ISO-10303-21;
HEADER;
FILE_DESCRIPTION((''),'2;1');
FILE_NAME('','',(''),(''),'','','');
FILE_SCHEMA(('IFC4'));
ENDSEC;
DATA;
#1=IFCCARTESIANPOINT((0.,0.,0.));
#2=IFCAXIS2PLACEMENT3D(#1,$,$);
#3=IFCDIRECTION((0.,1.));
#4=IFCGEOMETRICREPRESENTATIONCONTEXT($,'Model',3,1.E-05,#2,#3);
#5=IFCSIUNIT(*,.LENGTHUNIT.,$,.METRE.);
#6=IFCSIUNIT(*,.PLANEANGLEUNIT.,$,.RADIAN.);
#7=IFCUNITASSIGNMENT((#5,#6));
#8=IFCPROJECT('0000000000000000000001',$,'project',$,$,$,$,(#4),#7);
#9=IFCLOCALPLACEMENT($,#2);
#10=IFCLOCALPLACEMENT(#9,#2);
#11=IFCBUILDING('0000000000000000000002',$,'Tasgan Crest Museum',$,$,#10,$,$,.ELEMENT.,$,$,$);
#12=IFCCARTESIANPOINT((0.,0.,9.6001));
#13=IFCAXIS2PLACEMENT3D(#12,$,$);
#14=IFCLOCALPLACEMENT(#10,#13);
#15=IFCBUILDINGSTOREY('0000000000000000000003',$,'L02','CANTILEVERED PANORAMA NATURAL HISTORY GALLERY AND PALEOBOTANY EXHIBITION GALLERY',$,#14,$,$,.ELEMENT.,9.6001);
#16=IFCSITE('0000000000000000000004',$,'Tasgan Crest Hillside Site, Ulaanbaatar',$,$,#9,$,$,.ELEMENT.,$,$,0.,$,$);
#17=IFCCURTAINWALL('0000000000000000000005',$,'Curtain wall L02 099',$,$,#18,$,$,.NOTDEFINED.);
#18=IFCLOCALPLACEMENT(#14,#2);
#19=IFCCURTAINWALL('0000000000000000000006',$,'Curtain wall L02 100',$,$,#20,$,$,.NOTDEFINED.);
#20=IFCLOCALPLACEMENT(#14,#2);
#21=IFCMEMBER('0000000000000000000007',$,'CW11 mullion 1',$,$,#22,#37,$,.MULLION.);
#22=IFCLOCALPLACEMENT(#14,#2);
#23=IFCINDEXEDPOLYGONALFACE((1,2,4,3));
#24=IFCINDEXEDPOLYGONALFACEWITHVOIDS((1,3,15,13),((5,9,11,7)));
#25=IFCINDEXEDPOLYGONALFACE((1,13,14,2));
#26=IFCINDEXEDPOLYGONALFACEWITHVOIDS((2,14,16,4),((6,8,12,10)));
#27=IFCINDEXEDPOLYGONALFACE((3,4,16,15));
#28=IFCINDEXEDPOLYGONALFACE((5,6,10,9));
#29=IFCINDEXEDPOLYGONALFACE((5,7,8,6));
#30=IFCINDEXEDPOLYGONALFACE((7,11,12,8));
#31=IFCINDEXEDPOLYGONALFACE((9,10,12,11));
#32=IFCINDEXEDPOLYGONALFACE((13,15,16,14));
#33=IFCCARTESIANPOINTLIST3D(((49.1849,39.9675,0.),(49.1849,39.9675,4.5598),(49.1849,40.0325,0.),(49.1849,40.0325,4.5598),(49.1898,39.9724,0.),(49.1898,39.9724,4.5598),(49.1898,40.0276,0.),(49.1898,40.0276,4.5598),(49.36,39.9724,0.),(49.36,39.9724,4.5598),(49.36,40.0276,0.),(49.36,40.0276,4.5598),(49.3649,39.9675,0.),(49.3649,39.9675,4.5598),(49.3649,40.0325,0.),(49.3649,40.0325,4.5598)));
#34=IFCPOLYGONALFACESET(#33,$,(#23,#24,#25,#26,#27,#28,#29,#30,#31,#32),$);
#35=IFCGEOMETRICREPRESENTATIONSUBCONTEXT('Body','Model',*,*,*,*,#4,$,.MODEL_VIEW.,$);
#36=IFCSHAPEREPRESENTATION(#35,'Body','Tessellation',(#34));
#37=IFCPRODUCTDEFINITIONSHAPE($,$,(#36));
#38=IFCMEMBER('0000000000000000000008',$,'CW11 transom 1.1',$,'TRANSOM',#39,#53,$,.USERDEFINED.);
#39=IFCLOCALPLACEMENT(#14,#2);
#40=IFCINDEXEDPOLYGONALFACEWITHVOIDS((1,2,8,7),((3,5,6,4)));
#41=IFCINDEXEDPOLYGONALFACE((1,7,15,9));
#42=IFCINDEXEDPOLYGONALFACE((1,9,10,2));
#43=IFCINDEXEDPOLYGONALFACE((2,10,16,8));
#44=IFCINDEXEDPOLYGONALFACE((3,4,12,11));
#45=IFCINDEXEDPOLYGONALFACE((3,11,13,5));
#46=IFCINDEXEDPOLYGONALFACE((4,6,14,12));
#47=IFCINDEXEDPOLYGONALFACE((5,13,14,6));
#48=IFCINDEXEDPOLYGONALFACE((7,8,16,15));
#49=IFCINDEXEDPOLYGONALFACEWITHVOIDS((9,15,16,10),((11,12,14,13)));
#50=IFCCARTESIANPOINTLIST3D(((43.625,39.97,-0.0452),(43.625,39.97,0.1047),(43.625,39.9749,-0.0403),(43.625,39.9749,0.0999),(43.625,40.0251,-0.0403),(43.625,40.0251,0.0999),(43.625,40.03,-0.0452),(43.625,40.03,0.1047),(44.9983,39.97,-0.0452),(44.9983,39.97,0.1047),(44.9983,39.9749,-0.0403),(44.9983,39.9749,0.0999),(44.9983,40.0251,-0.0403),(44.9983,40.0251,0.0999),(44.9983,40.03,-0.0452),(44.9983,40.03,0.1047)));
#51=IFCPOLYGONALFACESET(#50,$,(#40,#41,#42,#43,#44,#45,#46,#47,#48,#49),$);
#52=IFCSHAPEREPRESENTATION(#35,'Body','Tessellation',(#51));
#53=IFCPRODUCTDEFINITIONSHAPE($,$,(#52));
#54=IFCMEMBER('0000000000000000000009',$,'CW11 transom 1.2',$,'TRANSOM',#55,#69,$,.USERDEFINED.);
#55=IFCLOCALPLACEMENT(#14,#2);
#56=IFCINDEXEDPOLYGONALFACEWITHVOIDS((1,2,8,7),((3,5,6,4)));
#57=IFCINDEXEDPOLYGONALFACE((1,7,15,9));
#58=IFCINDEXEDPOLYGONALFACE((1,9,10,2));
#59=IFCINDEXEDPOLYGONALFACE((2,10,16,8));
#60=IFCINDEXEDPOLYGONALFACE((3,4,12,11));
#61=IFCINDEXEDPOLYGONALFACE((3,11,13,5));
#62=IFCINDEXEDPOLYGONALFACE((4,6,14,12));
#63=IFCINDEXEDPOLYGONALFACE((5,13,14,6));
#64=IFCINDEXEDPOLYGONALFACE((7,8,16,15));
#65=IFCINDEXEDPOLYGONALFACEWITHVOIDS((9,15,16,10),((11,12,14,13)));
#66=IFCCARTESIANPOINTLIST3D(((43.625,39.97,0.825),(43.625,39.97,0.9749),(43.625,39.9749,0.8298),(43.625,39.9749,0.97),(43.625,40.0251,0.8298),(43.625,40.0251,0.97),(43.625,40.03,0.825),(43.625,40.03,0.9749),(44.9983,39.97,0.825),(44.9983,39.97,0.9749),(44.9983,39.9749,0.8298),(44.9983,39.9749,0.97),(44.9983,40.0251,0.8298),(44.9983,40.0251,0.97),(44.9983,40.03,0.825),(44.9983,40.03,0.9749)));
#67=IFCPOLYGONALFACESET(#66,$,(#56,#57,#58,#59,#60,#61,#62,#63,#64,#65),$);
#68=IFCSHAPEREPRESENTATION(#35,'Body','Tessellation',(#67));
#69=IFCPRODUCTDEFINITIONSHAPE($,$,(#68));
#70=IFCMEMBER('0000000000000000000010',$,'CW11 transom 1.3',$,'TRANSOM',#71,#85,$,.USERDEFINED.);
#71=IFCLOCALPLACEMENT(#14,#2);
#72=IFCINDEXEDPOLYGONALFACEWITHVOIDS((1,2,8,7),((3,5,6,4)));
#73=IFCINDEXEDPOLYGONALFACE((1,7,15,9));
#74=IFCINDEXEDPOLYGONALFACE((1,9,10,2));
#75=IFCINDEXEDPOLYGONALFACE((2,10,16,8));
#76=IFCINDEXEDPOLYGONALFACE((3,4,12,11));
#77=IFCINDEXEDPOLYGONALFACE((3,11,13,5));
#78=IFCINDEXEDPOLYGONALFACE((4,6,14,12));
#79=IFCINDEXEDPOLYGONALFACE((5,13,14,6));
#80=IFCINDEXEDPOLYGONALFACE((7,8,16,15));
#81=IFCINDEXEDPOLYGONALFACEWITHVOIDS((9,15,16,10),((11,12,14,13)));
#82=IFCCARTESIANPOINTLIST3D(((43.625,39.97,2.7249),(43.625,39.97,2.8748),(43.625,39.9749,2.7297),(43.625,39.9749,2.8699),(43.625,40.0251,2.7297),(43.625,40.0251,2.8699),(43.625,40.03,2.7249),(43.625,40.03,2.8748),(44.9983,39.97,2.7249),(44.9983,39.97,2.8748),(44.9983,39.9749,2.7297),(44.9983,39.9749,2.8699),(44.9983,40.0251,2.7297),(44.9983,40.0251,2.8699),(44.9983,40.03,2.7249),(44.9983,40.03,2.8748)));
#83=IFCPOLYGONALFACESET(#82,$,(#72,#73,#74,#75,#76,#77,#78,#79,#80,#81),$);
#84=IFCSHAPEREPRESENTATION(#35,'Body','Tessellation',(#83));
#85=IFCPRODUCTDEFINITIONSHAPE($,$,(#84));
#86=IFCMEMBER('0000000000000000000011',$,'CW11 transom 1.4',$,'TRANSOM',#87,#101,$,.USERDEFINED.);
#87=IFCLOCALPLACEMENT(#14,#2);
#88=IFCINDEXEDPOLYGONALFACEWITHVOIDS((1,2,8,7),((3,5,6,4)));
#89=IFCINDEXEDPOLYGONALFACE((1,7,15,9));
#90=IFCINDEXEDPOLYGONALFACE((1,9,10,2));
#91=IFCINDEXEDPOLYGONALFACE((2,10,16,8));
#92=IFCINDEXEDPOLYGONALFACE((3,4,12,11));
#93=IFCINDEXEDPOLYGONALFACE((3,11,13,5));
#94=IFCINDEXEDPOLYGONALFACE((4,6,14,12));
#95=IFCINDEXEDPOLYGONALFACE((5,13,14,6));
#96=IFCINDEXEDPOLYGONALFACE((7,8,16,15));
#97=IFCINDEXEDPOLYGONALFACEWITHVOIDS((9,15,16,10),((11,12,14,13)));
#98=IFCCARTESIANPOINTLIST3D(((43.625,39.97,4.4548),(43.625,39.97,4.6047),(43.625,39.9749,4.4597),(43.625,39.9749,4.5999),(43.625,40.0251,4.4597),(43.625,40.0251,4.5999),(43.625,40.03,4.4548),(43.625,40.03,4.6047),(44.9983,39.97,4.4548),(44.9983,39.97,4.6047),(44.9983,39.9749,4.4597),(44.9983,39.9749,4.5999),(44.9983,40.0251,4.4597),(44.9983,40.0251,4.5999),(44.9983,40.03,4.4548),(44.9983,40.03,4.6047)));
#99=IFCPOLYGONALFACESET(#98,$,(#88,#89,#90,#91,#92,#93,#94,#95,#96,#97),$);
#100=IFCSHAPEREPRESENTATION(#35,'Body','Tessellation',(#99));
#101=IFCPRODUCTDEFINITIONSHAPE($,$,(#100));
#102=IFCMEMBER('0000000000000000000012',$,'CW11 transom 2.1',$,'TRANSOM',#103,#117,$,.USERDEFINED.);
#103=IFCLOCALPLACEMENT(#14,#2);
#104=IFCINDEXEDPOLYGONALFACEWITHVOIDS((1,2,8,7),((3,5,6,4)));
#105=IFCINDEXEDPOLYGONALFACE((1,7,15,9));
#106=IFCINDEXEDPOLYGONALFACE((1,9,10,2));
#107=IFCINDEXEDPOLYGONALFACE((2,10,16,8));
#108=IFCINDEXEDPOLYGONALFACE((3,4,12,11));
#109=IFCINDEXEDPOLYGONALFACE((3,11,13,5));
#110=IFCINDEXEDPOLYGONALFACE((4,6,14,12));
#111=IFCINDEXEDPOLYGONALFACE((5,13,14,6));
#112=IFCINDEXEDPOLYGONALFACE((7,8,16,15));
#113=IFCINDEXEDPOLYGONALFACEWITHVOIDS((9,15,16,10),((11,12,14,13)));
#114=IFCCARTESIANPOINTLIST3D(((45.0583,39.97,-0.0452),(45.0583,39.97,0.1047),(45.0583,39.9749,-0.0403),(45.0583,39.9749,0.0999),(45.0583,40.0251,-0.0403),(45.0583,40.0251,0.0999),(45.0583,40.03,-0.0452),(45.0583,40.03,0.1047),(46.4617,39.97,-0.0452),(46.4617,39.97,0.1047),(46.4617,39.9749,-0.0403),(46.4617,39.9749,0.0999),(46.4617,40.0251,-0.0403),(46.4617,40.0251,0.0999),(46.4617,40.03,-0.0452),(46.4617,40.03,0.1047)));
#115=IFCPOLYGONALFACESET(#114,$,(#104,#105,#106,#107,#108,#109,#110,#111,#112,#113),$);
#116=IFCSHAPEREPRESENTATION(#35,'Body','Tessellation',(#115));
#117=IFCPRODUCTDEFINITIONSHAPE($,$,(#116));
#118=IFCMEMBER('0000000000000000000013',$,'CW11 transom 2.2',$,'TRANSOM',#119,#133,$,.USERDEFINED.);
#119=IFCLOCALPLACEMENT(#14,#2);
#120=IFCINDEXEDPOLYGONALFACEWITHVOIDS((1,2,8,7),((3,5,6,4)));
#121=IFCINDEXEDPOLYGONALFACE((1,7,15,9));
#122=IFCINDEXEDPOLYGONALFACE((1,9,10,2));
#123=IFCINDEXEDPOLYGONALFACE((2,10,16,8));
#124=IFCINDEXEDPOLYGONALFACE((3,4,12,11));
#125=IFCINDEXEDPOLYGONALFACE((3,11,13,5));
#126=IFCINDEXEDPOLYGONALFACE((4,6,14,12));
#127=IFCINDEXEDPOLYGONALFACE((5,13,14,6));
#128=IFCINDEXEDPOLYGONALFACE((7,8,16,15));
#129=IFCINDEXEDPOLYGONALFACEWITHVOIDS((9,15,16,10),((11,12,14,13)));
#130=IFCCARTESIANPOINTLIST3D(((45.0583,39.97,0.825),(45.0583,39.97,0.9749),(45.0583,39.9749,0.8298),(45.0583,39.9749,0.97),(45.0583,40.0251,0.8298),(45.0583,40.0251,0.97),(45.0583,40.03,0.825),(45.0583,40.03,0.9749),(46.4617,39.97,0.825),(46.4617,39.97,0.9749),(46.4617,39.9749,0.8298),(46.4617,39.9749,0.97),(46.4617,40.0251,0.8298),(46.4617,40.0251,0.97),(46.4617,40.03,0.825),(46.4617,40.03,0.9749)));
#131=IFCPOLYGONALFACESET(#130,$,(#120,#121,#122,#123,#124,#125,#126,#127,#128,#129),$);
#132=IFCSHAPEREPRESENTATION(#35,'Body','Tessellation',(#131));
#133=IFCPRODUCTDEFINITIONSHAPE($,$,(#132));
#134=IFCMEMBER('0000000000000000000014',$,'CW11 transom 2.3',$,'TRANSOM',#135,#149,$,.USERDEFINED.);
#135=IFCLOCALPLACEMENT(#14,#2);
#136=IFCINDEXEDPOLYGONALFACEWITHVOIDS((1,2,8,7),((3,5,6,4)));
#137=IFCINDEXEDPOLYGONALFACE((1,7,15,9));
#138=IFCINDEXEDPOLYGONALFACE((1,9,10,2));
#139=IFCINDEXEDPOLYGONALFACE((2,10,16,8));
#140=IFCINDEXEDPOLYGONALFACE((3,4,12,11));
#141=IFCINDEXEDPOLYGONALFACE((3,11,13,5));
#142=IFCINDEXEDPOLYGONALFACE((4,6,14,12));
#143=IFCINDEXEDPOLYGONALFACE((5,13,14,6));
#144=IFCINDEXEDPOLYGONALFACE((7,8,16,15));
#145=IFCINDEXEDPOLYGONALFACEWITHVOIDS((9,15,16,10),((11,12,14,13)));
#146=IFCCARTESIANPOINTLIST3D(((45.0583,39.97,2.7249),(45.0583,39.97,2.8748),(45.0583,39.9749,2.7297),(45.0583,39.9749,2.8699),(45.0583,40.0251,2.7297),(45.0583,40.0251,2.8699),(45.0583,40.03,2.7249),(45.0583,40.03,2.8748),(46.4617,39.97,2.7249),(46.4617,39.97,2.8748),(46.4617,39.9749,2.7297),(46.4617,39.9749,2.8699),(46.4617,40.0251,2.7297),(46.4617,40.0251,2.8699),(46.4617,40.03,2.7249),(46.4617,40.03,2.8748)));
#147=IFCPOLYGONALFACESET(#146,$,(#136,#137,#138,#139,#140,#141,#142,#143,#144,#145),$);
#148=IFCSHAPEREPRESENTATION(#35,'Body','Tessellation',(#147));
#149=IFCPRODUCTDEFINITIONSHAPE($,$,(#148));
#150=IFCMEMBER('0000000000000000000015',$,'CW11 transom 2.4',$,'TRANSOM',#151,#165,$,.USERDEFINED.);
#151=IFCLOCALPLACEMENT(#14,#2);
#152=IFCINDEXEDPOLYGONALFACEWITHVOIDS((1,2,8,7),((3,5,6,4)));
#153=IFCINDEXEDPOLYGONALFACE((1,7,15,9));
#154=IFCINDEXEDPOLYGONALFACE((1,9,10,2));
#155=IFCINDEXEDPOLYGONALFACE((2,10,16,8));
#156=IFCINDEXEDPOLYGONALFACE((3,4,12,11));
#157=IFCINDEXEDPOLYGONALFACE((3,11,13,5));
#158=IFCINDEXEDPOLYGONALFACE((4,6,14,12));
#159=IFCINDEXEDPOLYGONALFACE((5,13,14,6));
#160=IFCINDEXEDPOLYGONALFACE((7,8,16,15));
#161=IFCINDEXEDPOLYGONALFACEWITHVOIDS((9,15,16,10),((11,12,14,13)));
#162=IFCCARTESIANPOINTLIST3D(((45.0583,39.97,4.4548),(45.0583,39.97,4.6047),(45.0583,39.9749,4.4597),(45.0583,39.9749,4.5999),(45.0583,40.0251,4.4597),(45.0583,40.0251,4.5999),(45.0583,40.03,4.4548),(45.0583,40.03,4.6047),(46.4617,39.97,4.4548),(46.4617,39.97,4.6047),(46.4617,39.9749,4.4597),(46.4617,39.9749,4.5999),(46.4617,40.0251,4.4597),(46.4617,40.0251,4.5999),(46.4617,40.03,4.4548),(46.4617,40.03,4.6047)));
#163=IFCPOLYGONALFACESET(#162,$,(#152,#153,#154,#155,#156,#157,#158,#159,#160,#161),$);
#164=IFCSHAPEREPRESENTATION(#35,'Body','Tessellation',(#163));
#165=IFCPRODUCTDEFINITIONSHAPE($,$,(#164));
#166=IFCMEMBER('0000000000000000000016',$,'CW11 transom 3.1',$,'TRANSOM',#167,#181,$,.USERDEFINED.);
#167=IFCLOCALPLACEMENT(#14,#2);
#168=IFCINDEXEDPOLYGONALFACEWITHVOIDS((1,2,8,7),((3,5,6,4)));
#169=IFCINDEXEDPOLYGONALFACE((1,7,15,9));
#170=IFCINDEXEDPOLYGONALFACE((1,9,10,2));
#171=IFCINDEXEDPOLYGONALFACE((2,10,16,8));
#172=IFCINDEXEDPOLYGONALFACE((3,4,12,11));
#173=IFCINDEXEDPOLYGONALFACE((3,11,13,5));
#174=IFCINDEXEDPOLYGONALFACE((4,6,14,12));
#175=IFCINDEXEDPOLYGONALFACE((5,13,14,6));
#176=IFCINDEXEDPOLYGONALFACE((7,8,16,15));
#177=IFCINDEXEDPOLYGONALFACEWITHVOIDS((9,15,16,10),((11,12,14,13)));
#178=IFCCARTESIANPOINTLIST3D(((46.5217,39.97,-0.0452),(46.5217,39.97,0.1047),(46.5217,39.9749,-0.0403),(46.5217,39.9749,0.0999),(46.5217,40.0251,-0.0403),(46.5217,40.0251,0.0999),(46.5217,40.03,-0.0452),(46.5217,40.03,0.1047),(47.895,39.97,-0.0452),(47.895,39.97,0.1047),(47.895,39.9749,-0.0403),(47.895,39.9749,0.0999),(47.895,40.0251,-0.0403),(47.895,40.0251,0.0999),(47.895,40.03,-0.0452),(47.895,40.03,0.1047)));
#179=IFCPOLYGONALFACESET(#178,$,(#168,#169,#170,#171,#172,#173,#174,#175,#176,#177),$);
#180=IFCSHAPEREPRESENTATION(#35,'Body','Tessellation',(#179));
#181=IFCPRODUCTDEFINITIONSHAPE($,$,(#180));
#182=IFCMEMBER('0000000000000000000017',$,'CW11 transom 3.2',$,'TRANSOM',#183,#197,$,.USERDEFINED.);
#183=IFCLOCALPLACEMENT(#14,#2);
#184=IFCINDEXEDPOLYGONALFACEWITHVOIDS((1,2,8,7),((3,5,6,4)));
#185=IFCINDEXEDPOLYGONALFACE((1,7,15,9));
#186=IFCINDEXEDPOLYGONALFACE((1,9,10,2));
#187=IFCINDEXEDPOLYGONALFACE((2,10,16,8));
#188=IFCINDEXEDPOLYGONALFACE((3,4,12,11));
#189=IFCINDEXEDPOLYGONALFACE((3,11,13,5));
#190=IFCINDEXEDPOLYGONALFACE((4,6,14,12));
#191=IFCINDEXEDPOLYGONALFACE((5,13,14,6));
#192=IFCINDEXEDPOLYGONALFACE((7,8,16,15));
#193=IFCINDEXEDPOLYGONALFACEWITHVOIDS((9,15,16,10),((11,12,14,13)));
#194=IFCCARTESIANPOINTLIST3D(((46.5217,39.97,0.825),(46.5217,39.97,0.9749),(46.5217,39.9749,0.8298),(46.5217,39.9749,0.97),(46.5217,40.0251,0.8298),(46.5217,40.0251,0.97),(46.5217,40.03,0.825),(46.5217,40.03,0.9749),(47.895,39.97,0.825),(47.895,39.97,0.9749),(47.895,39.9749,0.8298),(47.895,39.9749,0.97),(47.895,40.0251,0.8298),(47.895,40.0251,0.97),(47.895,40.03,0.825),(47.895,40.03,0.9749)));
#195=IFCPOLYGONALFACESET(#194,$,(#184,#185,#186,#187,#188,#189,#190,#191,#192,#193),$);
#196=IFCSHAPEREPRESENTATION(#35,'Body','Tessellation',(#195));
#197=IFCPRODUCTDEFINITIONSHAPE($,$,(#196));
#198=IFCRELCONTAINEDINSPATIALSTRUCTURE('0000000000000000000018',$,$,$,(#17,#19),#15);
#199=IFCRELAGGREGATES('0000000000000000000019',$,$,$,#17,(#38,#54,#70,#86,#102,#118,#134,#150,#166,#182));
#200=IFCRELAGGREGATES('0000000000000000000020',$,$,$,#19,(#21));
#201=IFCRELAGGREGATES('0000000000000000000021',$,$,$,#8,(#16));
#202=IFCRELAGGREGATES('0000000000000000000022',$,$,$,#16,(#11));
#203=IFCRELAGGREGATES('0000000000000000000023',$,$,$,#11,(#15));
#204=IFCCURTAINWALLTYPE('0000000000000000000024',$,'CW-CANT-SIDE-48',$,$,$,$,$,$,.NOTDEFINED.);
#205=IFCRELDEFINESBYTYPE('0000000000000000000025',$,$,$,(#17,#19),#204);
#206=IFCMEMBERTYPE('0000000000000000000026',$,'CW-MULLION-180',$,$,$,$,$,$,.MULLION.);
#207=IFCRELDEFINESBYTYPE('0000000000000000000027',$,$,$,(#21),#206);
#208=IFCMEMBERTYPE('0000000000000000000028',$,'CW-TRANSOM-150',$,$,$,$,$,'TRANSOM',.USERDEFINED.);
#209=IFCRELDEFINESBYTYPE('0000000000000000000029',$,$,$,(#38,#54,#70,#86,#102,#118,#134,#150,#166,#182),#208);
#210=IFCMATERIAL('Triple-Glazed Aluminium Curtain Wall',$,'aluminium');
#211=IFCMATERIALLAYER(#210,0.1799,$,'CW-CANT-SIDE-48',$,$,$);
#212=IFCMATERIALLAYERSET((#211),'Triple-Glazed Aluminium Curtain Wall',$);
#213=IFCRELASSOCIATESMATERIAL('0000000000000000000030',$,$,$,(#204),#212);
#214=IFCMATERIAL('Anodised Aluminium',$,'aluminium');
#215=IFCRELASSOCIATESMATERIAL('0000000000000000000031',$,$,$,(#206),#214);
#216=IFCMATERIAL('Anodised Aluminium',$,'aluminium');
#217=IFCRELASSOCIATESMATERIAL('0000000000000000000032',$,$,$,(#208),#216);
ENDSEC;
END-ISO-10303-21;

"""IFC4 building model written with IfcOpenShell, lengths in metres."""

from ifc_helpers import new_model, si_unit, direction, frame, origin, origin_2d, place, context, subcontext, project, spatial, hollow_rectangle, extrude, material, layer, layer_set, material_profile, profile_set, type_object, element, aggregate, save


model = new_model("IFC4")

# Units and contexts
model_context = context("Model", 3, precision=1e-05, world=origin(), true_north=direction((0.0, 1.0)))
body_context = subcontext(model_context, "Body", "Model", "MODEL_VIEW")
ifc_project = project(units=[si_unit("LENGTHUNIT", "METRE"), si_unit("PLANEANGLEUNIT", "RADIAN")], contexts=[model_context])

# Site, building, storey
site_placement = place(None, origin())
site = spatial("IfcSite", under=ifc_project, at=site_placement, Name="Tasgan Crest Hillside Site, Ulaanbaatar", CompositionType="ELEMENT", RefElevation=0.0)
building_placement = place(site_placement, origin())
building = spatial("IfcBuilding", under=site, at=building_placement, Name="Tasgan Crest Museum", CompositionType="ELEMENT")
storey_placement = place(building_placement, frame((0.0, 0.0, 9.6001)))
storey = spatial("IfcBuildingStorey", under=building, at=storey_placement, Name="L02", Description="CANTILEVERED PANORAMA NATURAL HISTORY GALLERY AND PALEOBOTANY EXHIBITION GALLERY", CompositionType="ELEMENT", Elevation=9.6001)

# Curtain wall
ifc_material_1 = material(Name="Triple-Glazed Aluminium Curtain Wall", Category="aluminium")
ifc_layer_1 = layer(ifc_material_1, 0.1799, Name="CW-CANT-SIDE-48")
ifc_layer_set_1 = layer_set([ifc_layer_1], Name="Triple-Glazed Aluminium Curtain Wall")
curtain_wall_type = type_object("IfcCurtainWallType", Name="CW-CANT-SIDE-48", PredefinedType="NOTDEFINED", material=ifc_layer_set_1)
curtain_wall_1_placement = place(storey_placement, origin())
curtain_wall_1 = element("IfcCurtainWall", 1, at=curtain_wall_1_placement, inside=storey, type_object=curtain_wall_type, Name="Curtain wall L02 099", PredefinedType="NOTDEFINED")
ifc_material_2 = material(Name="Anodised Aluminium", Category="aluminium")
ifc_material_profile_1 = material_profile(ifc_material_2, hollow_rectangle(XDim=0.0649, YDim=0.1799, WallThickness=0.0049, at=origin_2d()), Name="ALU MULLION 180x65x5")
ifc_profile_set_1 = profile_set([ifc_material_profile_1], Name="Anodised Aluminium")
member_type_1 = type_object("IfcMemberType", Name="CW-MULLION-180", PredefinedType="MULLION", material=ifc_profile_set_1)

# Curtain wall, member
curtain_wall_2_placement = place(storey_placement, origin())
curtain_wall_2 = element("IfcCurtainWall", 2, at=curtain_wall_2_placement, inside=storey, type_object=curtain_wall_type, Name="Curtain wall L02 100", PredefinedType="NOTDEFINED")
member_1_placement = place(storey_placement, frame((49.2749, 40.0, 0.0), z_axis=(0.0, 0.0, 1.0), x_axis=(0.0, 1.0, 0.0)))
member_1 = element("IfcMember", 3, at=member_1_placement, type_object=member_type_1, Name="CW11 mullion 1", PredefinedType="MULLION", context=body_context, shape_type="SweptSolid", body=[
    extrude(hollow_rectangle(XDim=0.0649, YDim=0.1799, WallThickness=0.0049, at=origin_2d()), origin(), (0.0, 0.0, 1.0), 4.5598),
])

# Members
ifc_material_3 = material(Name="Anodised Aluminium", Category="aluminium")
ifc_material_profile_2 = material_profile(ifc_material_3, hollow_rectangle(XDim=0.0601, YDim=0.1499, WallThickness=0.0049, at=origin_2d()), Name="ALU TRANSOM 150x60x5")
ifc_profile_set_2 = profile_set([ifc_material_profile_2], Name="Anodised Aluminium")
member_type_2 = type_object("IfcMemberType", Name="CW-TRANSOM-150", ElementType="TRANSOM", PredefinedType="USERDEFINED", material=ifc_profile_set_2)
member_2_placement = place(storey_placement, frame((43.625, 40.0, 0.0298), z_axis=(1.0, 0.0, 0.0), x_axis=(0.0, 1.0, 0.0)))
member_2 = element("IfcMember", 4, at=member_2_placement, type_object=member_type_2, Name="CW11 transom 1.1", ObjectType="TRANSOM", PredefinedType="USERDEFINED", context=body_context, shape_type="SweptSolid", body=[
    extrude(hollow_rectangle(XDim=0.0601, YDim=0.1499, WallThickness=0.0049, at=origin_2d()), origin(), (0.0, 0.0, 1.0), 1.3733),
])
member_3_placement = place(storey_placement, frame((43.625, 40.0, 0.8999), z_axis=(1.0, 0.0, 0.0), x_axis=(0.0, 1.0, 0.0)))
member_3 = element("IfcMember", 5, at=member_3_placement, type_object=member_type_2, Name="CW11 transom 1.2", ObjectType="TRANSOM", PredefinedType="USERDEFINED", context=body_context, shape_type="SweptSolid", body=[
    extrude(hollow_rectangle(XDim=0.0601, YDim=0.1499, WallThickness=0.0049, at=origin_2d()), origin(), (0.0, 0.0, 1.0), 1.3733),
])
member_4_placement = place(storey_placement, frame((43.625, 40.0, 2.7998), z_axis=(1.0, 0.0, 0.0), x_axis=(0.0, 1.0, 0.0)))
member_4 = element("IfcMember", 6, at=member_4_placement, type_object=member_type_2, Name="CW11 transom 1.3", ObjectType="TRANSOM", PredefinedType="USERDEFINED", context=body_context, shape_type="SweptSolid", body=[
    extrude(hollow_rectangle(XDim=0.0601, YDim=0.1499, WallThickness=0.0049, at=origin_2d()), origin(), (0.0, 0.0, 1.0), 1.3733),
])
member_5_placement = place(storey_placement, frame((43.625, 40.0, 4.5298), z_axis=(1.0, 0.0, 0.0), x_axis=(0.0, 1.0, 0.0)))
member_5 = element("IfcMember", 7, at=member_5_placement, type_object=member_type_2, Name="CW11 transom 1.4", ObjectType="TRANSOM", PredefinedType="USERDEFINED", context=body_context, shape_type="SweptSolid", body=[
    extrude(hollow_rectangle(XDim=0.0601, YDim=0.1499, WallThickness=0.0049, at=origin_2d()), origin(), (0.0, 0.0, 1.0), 1.3733),
])
member_6_placement = place(storey_placement, frame((45.0583, 40.0, 0.0298), z_axis=(1.0, 0.0, 0.0), x_axis=(0.0, 1.0, 0.0)))
member_6 = element("IfcMember", 8, at=member_6_placement, type_object=member_type_2, Name="CW11 transom 2.1", ObjectType="TRANSOM", PredefinedType="USERDEFINED", context=body_context, shape_type="SweptSolid", body=[
    extrude(hollow_rectangle(XDim=0.0601, YDim=0.1499, WallThickness=0.0049, at=origin_2d()), origin(), (0.0, 0.0, 1.0), 1.4033),
])
member_7_placement = place(storey_placement, frame((45.0583, 40.0, 0.8999), z_axis=(1.0, 0.0, 0.0), x_axis=(0.0, 1.0, 0.0)))
member_7 = element("IfcMember", 9, at=member_7_placement, type_object=member_type_2, Name="CW11 transom 2.2", ObjectType="TRANSOM", PredefinedType="USERDEFINED", context=body_context, shape_type="SweptSolid", body=[
    extrude(hollow_rectangle(XDim=0.0601, YDim=0.1499, WallThickness=0.0049, at=origin_2d()), origin(), (0.0, 0.0, 1.0), 1.4033),
])
member_8_placement = place(storey_placement, frame((45.0583, 40.0, 2.7998), z_axis=(1.0, 0.0, 0.0), x_axis=(0.0, 1.0, 0.0)))
member_8 = element("IfcMember", 10, at=member_8_placement, type_object=member_type_2, Name="CW11 transom 2.3", ObjectType="TRANSOM", PredefinedType="USERDEFINED", context=body_context, shape_type="SweptSolid", body=[
    extrude(hollow_rectangle(XDim=0.0601, YDim=0.1499, WallThickness=0.0049, at=origin_2d()), origin(), (0.0, 0.0, 1.0), 1.4033),
])
member_9_placement = place(storey_placement, frame((45.0583, 40.0, 4.5298), z_axis=(1.0, 0.0, 0.0), x_axis=(0.0, 1.0, 0.0)))
member_9 = element("IfcMember", 11, at=member_9_placement, type_object=member_type_2, Name="CW11 transom 2.4", ObjectType="TRANSOM", PredefinedType="USERDEFINED", context=body_context, shape_type="SweptSolid", body=[
    extrude(hollow_rectangle(XDim=0.0601, YDim=0.1499, WallThickness=0.0049, at=origin_2d()), origin(), (0.0, 0.0, 1.0), 1.4033),
])
member_10_placement = place(storey_placement, frame((46.5217, 40.0, 0.0298), z_axis=(1.0, 0.0, 0.0), x_axis=(0.0, 1.0, 0.0)))
member_10 = element("IfcMember", 12, at=member_10_placement, type_object=member_type_2, Name="CW11 transom 3.1", ObjectType="TRANSOM", PredefinedType="USERDEFINED", context=body_context, shape_type="SweptSolid", body=[
    extrude(hollow_rectangle(XDim=0.0601, YDim=0.1499, WallThickness=0.0049, at=origin_2d()), origin(), (0.0, 0.0, 1.0), 1.3733),
])
member_11_placement = place(storey_placement, frame((46.5217, 40.0, 0.8999), z_axis=(1.0, 0.0, 0.0), x_axis=(0.0, 1.0, 0.0)))
member_11 = element("IfcMember", 13, at=member_11_placement, type_object=member_type_2, Name="CW11 transom 3.2", ObjectType="TRANSOM", PredefinedType="USERDEFINED", context=body_context, shape_type="SweptSolid", body=[
    extrude(hollow_rectangle(XDim=0.0601, YDim=0.1499, WallThickness=0.0049, at=origin_2d()), origin(), (0.0, 0.0, 1.0), 1.3733),
])

aggregate(curtain_wall_1, [member_2, member_3, member_4, member_5, member_6, member_7, member_8, member_9, member_10, member_11])
aggregate(curtain_wall_2, [member_1])

save(model, "model.ifc")
